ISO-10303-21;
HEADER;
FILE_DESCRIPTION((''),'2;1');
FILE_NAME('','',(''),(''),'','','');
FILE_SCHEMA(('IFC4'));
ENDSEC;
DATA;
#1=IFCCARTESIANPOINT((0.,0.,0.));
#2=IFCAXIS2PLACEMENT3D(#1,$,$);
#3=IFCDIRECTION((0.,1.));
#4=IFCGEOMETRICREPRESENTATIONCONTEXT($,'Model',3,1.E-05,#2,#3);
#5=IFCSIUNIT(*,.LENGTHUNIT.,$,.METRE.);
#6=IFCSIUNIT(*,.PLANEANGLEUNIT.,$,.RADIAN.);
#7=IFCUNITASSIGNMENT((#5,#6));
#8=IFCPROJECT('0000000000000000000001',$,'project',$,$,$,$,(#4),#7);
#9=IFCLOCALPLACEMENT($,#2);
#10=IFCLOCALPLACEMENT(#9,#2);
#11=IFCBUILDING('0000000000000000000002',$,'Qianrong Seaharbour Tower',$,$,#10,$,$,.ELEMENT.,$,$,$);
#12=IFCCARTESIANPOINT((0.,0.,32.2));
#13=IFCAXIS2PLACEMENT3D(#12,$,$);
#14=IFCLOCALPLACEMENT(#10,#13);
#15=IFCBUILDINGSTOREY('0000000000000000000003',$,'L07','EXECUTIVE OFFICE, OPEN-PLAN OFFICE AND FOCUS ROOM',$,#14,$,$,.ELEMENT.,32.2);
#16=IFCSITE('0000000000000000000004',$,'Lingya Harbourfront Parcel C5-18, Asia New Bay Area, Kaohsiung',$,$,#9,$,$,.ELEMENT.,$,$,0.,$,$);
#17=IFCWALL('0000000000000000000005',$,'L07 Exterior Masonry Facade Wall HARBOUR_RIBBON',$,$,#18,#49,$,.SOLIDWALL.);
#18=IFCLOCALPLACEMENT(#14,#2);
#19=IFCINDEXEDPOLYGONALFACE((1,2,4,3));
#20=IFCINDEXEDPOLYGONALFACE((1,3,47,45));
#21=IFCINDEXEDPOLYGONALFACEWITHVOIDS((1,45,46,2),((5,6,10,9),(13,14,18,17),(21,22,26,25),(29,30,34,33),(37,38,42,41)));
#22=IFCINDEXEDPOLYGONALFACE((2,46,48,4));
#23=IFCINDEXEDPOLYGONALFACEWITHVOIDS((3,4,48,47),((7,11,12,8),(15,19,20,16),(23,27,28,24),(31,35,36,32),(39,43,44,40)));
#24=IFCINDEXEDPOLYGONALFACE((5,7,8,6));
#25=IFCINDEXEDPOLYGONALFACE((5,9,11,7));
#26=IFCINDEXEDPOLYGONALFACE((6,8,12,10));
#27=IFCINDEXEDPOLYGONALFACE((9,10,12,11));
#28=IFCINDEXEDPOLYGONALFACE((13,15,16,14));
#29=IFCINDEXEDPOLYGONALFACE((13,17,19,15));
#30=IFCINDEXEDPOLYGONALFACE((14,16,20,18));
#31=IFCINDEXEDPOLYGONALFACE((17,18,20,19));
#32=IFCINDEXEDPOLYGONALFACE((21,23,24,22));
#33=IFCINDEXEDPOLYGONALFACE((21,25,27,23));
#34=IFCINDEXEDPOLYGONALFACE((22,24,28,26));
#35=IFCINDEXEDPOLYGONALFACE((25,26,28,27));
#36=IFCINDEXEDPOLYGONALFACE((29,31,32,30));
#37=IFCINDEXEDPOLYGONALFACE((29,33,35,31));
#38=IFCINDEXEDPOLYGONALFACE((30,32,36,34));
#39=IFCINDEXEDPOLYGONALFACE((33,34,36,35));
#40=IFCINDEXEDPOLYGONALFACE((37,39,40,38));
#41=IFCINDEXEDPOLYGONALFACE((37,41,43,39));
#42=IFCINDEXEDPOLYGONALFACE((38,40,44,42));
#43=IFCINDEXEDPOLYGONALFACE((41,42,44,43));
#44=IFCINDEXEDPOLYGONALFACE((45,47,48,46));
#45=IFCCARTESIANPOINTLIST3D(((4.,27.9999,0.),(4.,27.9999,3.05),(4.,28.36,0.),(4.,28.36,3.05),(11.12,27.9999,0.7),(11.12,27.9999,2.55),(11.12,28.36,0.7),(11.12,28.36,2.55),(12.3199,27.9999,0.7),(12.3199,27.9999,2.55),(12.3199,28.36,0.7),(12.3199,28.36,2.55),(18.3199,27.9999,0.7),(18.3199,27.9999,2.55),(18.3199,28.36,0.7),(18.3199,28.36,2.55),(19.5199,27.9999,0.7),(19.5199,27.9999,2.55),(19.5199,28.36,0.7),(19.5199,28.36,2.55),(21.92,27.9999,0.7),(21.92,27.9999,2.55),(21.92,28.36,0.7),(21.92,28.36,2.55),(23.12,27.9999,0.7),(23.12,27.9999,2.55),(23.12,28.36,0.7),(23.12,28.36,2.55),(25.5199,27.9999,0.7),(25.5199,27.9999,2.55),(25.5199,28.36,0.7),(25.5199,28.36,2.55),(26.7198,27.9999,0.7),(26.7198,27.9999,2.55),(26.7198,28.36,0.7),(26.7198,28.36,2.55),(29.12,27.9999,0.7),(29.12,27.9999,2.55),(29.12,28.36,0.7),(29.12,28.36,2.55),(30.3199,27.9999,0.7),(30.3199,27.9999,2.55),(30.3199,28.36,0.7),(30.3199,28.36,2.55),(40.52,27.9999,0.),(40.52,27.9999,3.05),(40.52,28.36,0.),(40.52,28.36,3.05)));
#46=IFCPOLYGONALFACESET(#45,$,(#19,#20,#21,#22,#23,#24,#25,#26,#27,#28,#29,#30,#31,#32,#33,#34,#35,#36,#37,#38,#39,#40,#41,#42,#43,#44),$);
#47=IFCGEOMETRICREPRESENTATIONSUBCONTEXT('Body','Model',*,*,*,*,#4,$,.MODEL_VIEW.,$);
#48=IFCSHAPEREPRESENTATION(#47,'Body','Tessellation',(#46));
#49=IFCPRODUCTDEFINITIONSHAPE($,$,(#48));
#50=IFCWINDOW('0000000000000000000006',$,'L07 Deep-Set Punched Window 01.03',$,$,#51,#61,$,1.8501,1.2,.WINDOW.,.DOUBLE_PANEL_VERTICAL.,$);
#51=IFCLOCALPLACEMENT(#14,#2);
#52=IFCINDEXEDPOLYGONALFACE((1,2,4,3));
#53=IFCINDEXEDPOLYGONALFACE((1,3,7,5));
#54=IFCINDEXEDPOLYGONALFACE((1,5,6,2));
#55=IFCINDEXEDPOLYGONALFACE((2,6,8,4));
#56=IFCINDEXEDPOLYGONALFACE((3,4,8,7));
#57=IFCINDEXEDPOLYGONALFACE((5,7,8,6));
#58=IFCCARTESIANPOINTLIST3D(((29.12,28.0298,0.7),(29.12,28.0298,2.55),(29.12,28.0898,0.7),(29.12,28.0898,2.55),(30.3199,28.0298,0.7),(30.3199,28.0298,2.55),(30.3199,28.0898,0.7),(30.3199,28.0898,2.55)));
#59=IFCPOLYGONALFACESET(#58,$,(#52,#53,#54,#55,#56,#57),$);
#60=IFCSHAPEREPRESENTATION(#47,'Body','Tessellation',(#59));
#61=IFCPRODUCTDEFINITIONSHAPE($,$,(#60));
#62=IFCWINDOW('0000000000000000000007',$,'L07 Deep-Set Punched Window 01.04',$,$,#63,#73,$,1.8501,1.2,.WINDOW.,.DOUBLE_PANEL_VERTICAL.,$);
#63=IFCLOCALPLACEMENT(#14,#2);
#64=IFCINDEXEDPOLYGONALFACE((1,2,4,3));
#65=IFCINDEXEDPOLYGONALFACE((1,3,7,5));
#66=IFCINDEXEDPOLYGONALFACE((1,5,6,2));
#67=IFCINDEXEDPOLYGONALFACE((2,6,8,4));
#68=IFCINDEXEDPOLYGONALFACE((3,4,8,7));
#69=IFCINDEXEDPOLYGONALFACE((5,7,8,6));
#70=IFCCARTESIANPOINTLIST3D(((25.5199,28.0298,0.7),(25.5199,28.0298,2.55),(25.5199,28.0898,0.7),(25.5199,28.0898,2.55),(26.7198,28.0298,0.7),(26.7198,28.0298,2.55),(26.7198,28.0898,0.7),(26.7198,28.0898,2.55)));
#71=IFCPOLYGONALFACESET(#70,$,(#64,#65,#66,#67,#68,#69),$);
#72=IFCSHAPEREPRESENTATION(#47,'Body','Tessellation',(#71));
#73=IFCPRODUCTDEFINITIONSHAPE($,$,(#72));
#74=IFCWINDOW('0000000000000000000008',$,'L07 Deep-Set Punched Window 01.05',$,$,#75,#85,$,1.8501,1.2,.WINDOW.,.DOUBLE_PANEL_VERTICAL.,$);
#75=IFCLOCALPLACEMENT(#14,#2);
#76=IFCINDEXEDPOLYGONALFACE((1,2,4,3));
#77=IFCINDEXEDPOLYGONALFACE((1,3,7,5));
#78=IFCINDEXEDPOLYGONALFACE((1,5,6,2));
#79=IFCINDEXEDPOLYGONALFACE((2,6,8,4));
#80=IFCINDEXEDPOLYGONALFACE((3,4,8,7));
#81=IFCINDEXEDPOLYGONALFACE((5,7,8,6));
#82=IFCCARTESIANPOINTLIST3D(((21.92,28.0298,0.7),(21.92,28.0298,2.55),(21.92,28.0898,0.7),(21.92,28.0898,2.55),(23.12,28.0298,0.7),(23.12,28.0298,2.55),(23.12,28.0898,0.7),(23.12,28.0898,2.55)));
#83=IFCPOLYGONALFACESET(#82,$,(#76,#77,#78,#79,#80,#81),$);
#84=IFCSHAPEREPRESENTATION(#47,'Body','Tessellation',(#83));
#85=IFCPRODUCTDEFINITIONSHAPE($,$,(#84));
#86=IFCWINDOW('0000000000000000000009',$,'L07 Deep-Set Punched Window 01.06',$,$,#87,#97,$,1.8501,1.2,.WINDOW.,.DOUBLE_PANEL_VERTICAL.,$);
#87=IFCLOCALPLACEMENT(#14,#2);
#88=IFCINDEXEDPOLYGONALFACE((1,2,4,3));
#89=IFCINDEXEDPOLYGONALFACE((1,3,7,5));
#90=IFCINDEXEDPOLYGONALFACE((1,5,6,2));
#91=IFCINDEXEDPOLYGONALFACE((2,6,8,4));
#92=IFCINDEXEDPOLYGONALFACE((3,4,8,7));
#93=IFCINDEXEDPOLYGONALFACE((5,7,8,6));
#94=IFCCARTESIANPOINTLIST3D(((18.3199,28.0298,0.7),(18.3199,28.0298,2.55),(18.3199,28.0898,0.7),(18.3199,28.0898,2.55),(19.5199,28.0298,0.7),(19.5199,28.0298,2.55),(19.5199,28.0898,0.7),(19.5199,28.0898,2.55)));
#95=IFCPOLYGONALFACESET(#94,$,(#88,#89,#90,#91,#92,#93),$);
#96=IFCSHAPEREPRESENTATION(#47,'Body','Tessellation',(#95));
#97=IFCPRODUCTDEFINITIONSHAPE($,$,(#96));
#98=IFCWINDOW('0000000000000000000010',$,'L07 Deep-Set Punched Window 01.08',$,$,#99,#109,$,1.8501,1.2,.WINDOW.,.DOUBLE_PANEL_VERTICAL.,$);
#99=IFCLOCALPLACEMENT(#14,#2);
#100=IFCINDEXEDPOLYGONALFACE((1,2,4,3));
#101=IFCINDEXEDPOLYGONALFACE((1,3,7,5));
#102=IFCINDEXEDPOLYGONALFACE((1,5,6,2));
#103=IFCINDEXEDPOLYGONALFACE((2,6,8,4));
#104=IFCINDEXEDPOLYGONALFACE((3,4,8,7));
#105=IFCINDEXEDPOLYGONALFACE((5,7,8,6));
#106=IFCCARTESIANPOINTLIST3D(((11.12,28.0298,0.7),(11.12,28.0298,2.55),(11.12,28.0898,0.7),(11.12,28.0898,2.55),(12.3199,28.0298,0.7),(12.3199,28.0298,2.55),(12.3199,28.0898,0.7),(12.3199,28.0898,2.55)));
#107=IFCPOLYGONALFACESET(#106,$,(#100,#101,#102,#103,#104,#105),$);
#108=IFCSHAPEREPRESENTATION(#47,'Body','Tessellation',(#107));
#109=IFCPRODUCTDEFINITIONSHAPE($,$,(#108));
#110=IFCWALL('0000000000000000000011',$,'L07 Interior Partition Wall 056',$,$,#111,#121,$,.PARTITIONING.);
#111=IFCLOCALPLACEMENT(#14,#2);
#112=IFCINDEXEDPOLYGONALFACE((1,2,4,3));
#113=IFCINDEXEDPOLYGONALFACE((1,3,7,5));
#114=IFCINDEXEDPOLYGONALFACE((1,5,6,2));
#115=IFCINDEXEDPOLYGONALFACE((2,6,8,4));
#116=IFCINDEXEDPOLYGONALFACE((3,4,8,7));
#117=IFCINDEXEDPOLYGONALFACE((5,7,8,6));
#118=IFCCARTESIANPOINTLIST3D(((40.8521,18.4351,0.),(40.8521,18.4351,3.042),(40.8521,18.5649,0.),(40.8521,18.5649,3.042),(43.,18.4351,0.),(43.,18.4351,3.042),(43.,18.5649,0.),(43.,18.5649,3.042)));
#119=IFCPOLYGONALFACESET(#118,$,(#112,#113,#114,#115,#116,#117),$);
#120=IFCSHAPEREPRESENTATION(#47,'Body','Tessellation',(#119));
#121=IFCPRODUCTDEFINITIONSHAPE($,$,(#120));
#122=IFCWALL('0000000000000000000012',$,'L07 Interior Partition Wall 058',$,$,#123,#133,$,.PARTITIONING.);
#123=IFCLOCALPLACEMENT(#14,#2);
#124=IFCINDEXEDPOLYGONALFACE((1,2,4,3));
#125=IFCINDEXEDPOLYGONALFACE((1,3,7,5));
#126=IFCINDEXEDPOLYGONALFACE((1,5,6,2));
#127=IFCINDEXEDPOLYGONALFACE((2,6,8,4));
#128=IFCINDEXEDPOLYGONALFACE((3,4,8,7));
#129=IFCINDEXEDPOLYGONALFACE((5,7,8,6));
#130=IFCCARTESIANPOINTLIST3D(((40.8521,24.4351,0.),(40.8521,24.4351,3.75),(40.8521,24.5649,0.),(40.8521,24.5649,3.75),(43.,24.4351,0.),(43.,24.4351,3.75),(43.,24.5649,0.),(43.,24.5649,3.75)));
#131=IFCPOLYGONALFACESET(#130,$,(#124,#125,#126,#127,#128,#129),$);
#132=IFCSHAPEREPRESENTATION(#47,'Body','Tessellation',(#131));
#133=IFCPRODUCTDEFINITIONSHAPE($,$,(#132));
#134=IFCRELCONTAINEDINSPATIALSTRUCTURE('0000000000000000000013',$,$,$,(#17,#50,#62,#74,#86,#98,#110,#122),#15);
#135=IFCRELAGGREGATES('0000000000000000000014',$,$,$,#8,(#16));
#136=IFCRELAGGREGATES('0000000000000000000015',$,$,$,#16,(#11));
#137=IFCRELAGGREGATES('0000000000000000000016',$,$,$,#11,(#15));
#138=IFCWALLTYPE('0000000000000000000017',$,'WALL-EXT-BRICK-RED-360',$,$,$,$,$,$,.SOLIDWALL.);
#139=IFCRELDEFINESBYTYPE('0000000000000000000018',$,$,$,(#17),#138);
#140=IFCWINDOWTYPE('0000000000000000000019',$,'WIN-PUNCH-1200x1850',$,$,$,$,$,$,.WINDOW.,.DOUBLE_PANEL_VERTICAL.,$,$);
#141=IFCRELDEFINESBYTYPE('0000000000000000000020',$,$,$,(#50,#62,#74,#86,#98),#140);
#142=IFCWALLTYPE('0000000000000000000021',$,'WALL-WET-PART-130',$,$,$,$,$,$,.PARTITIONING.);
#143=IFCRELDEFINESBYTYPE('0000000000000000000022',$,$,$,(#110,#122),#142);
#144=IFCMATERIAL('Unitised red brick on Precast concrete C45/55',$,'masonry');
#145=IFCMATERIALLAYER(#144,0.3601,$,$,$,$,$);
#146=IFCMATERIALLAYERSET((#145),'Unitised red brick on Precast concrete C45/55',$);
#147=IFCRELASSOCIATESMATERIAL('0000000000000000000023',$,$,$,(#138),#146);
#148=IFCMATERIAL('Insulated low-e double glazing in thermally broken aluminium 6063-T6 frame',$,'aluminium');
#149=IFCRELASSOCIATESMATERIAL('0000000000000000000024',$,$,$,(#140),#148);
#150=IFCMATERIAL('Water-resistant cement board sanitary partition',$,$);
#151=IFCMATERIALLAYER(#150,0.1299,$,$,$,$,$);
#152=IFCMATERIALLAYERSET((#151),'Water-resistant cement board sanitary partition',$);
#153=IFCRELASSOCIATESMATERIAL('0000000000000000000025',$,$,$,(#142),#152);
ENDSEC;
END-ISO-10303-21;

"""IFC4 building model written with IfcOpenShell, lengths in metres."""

from ifc_helpers import new_model, si_unit, direction, frame, frame_2d, origin, place, context, subcontext, project, spatial, rectangle, extrude, material, layer, layer_set, type_object, element, fill, save


model = new_model("IFC4")

# Units and contexts
model_context = context("Model", 3, precision=1e-05, world=origin(), true_north=direction((0.0, 1.0)))
body_context = subcontext(model_context, "Body", "Model", "MODEL_VIEW")
ifc_project = project(units=[si_unit("LENGTHUNIT", "METRE"), si_unit("PLANEANGLEUNIT", "RADIAN")], contexts=[model_context])

# Site, building, storey
site_placement = place(None, origin())
site = spatial("IfcSite", under=ifc_project, at=site_placement, Name="Lingya Harbourfront Parcel C5-18, Asia New Bay Area, Kaohsiung", CompositionType="ELEMENT", RefElevation=0.0)
building_placement = place(site_placement, origin())
building = spatial("IfcBuilding", under=site, at=building_placement, Name="Qianrong Seaharbour Tower", CompositionType="ELEMENT")
storey_placement = place(building_placement, frame((0.0, 0.0, 32.2)))
storey = spatial("IfcBuildingStorey", under=building, at=storey_placement, Name="L07", Description="EXECUTIVE OFFICE, OPEN-PLAN OFFICE AND FOCUS ROOM", CompositionType="ELEMENT", Elevation=32.2)

# Wall, openings, windows
ifc_material_1 = material(Name="Unitised red brick on Precast concrete C45/55", Category="masonry")
ifc_layer_1 = layer(ifc_material_1, 0.3601)
ifc_layer_set_1 = layer_set([ifc_layer_1], Name="Unitised red brick on Precast concrete C45/55")
wall_type_1 = type_object("IfcWallType", Name="WALL-EXT-BRICK-RED-360", PredefinedType="SOLIDWALL", material=ifc_layer_set_1)
ifc_material_2 = material(Name="Insulated low-e double glazing in thermally broken aluminium 6063-T6 frame", Category="aluminium")
window_type = type_object("IfcWindowType", Name="WIN-PUNCH-1200x1850", PartitioningType="DOUBLE_PANEL_VERTICAL", PredefinedType="WINDOW", material=ifc_material_2)
wall_1_placement = place(storey_placement, frame((40.52, 28.1799, 0.0), z_axis=(0.0, 0.0, 1.0), x_axis=(-1.0, 0.0, 0.0)))
wall_1 = element("IfcWall", 1, at=wall_1_placement, inside=storey, type_object=wall_type_1, Name="L07 Exterior Masonry Facade Wall HARBOUR_RIBBON", PredefinedType="SOLIDWALL", context=body_context, shape_type="SweptSolid", body=[
    extrude(rectangle(XDim=36.52, YDim=0.3601, at=frame_2d((18.26, 0.0))), origin(), (0.0, 0.0, 1.0), 3.05),
])
opening_1_placement = place(wall_1_placement, frame((10.2, 0.0, 0.7)))
opening_1 = element("IfcOpeningElement", 2, at=opening_1_placement, cuts=wall_1, PredefinedType="OPENING", context=body_context, shape_type="SweptSolid", body=[
    extrude(rectangle(XDim=1.2, YDim=1.8501, at=frame_2d((0.6001, 0.925))), frame((0.0, 0.1899, 0.0), z_axis=(0.0, -1.0, 0.0), x_axis=(1.0, 0.0, 0.0)), (0.0, 0.0, 1.0), 0.3801),
])
opening_2_placement = place(wall_1_placement, frame((13.8, 0.0, 0.7)))
opening_2 = element("IfcOpeningElement", 3, at=opening_2_placement, cuts=wall_1, PredefinedType="OPENING", context=body_context, shape_type="SweptSolid", body=[
    extrude(rectangle(XDim=1.2, YDim=1.8501, at=frame_2d((0.6001, 0.925))), frame((0.0, 0.1899, 0.0), z_axis=(0.0, -1.0, 0.0), x_axis=(1.0, 0.0, 0.0)), (0.0, 0.0, 1.0), 0.3801),
])
opening_3_placement = place(wall_1_placement, frame((17.3999, 0.0, 0.7)))
opening_3 = element("IfcOpeningElement", 4, at=opening_3_placement, cuts=wall_1, PredefinedType="OPENING", context=body_context, shape_type="SweptSolid", body=[
    extrude(rectangle(XDim=1.2, YDim=1.8501, at=frame_2d((0.6001, 0.925))), frame((0.0, 0.1899, 0.0), z_axis=(0.0, -1.0, 0.0), x_axis=(1.0, 0.0, 0.0)), (0.0, 0.0, 1.0), 0.3801),
])
opening_4_placement = place(wall_1_placement, frame((21.0, 0.0, 0.7)))
opening_4 = element("IfcOpeningElement", 5, at=opening_4_placement, cuts=wall_1, PredefinedType="OPENING", context=body_context, shape_type="SweptSolid", body=[
    extrude(rectangle(XDim=1.2, YDim=1.8501, at=frame_2d((0.6001, 0.925))), frame((0.0, 0.1899, 0.0), z_axis=(0.0, -1.0, 0.0), x_axis=(1.0, 0.0, 0.0)), (0.0, 0.0, 1.0), 0.3801),
])
opening_5_placement = place(wall_1_placement, frame((28.2, 0.0, 0.7)))
opening_5 = element("IfcOpeningElement", 6, at=opening_5_placement, cuts=wall_1, PredefinedType="OPENING", context=body_context, shape_type="SweptSolid", body=[
    extrude(rectangle(XDim=1.2, YDim=1.8501, at=frame_2d((0.6001, 0.925))), frame((0.0, 0.1899, 0.0), z_axis=(0.0, -1.0, 0.0), x_axis=(1.0, 0.0, 0.0)), (0.0, 0.0, 1.0), 0.3801),
])
window_1_placement = place(opening_1_placement, origin())
window_1 = element("IfcWindow", 7, at=window_1_placement, inside=storey, type_object=window_type, Name="L07 Deep-Set Punched Window 01.03", OverallHeight=1.8501, OverallWidth=1.2, PartitioningType="DOUBLE_PANEL_VERTICAL", PredefinedType="WINDOW", context=body_context, shape_type="SweptSolid", body=[
    extrude(rectangle(XDim=1.2, YDim=1.8501, at=frame_2d((0.6001, 0.925))), frame((0.0, 0.1501, 0.0), z_axis=(0.0, -1.0, 0.0), x_axis=(1.0, 0.0, 0.0)), (0.0, 0.0, 1.0), 0.0601),
])
fill(opening_1, window_1)
window_2_placement = place(opening_2_placement, origin())
window_2 = element("IfcWindow", 8, at=window_2_placement, inside=storey, type_object=window_type, Name="L07 Deep-Set Punched Window 01.04", OverallHeight=1.8501, OverallWidth=1.2, PartitioningType="DOUBLE_PANEL_VERTICAL", PredefinedType="WINDOW", context=body_context, shape_type="SweptSolid", body=[
    extrude(rectangle(XDim=1.2, YDim=1.8501, at=frame_2d((0.6001, 0.925))), frame((0.0, 0.1501, 0.0), z_axis=(0.0, -1.0, 0.0), x_axis=(1.0, 0.0, 0.0)), (0.0, 0.0, 1.0), 0.0601),
])
fill(opening_2, window_2)
window_3_placement = place(opening_3_placement, origin())
window_3 = element("IfcWindow", 9, at=window_3_placement, inside=storey, type_object=window_type, Name="L07 Deep-Set Punched Window 01.05", OverallHeight=1.8501, OverallWidth=1.2, PartitioningType="DOUBLE_PANEL_VERTICAL", PredefinedType="WINDOW", context=body_context, shape_type="SweptSolid", body=[
    extrude(rectangle(XDim=1.2, YDim=1.8501, at=frame_2d((0.6001, 0.925))), frame((0.0, 0.1501, 0.0), z_axis=(0.0, -1.0, 0.0), x_axis=(1.0, 0.0, 0.0)), (0.0, 0.0, 1.0), 0.0601),
])
fill(opening_3, window_3)
window_4_placement = place(opening_4_placement, origin())
window_4 = element("IfcWindow", 10, at=window_4_placement, inside=storey, type_object=window_type, Name="L07 Deep-Set Punched Window 01.06", OverallHeight=1.8501, OverallWidth=1.2, PartitioningType="DOUBLE_PANEL_VERTICAL", PredefinedType="WINDOW", context=body_context, shape_type="SweptSolid", body=[
    extrude(rectangle(XDim=1.2, YDim=1.8501, at=frame_2d((0.6001, 0.925))), frame((0.0, 0.1501, 0.0), z_axis=(0.0, -1.0, 0.0), x_axis=(1.0, 0.0, 0.0)), (0.0, 0.0, 1.0), 0.0601),
])
fill(opening_4, window_4)
window_5_placement = place(opening_5_placement, origin())
window_5 = element("IfcWindow", 11, at=window_5_placement, inside=storey, type_object=window_type, Name="L07 Deep-Set Punched Window 01.08", OverallHeight=1.8501, OverallWidth=1.2, PartitioningType="DOUBLE_PANEL_VERTICAL", PredefinedType="WINDOW", context=body_context, shape_type="SweptSolid", body=[
    extrude(rectangle(XDim=1.2, YDim=1.8501, at=frame_2d((0.6001, 0.925))), frame((0.0, 0.1501, 0.0), z_axis=(0.0, -1.0, 0.0), x_axis=(1.0, 0.0, 0.0)), (0.0, 0.0, 1.0), 0.0601),
])
fill(opening_5, window_5)

# Walls
ifc_material_3 = material(Name="Water-resistant cement board sanitary partition")
ifc_layer_2 = layer(ifc_material_3, 0.1299)
ifc_layer_set_2 = layer_set([ifc_layer_2], Name="Water-resistant cement board sanitary partition")
wall_type_2 = type_object("IfcWallType", Name="WALL-WET-PART-130", PredefinedType="PARTITIONING", material=ifc_layer_set_2)
wall_2_placement = place(storey_placement, frame((40.8521, 18.5, 0.0), z_axis=(0.0, 0.0, 1.0), x_axis=(1.0, 0.0, 0.0)))
element("IfcWall", 12, at=wall_2_placement, inside=storey, type_object=wall_type_2, Name="L07 Interior Partition Wall 056", PredefinedType="PARTITIONING", context=body_context, shape_type="SweptSolid", body=[
    extrude(rectangle(XDim=2.1479, YDim=0.1299, at=frame_2d((1.074, 0.0))), origin(), (0.0, 0.0, 1.0), 3.042),
])
wall_3_placement = place(storey_placement, frame((40.8521, 24.5, 0.0), z_axis=(0.0, 0.0, 1.0), x_axis=(1.0, 0.0, 0.0)))
element("IfcWall", 13, at=wall_3_placement, inside=storey, type_object=wall_type_2, Name="L07 Interior Partition Wall 058", PredefinedType="PARTITIONING", context=body_context, shape_type="SweptSolid", body=[
    extrude(rectangle(XDim=2.1479, YDim=0.1299, at=frame_2d((1.074, 0.0))), origin(), (0.0, 0.0, 1.0), 3.75),
])

save(model, "model.ifc")
